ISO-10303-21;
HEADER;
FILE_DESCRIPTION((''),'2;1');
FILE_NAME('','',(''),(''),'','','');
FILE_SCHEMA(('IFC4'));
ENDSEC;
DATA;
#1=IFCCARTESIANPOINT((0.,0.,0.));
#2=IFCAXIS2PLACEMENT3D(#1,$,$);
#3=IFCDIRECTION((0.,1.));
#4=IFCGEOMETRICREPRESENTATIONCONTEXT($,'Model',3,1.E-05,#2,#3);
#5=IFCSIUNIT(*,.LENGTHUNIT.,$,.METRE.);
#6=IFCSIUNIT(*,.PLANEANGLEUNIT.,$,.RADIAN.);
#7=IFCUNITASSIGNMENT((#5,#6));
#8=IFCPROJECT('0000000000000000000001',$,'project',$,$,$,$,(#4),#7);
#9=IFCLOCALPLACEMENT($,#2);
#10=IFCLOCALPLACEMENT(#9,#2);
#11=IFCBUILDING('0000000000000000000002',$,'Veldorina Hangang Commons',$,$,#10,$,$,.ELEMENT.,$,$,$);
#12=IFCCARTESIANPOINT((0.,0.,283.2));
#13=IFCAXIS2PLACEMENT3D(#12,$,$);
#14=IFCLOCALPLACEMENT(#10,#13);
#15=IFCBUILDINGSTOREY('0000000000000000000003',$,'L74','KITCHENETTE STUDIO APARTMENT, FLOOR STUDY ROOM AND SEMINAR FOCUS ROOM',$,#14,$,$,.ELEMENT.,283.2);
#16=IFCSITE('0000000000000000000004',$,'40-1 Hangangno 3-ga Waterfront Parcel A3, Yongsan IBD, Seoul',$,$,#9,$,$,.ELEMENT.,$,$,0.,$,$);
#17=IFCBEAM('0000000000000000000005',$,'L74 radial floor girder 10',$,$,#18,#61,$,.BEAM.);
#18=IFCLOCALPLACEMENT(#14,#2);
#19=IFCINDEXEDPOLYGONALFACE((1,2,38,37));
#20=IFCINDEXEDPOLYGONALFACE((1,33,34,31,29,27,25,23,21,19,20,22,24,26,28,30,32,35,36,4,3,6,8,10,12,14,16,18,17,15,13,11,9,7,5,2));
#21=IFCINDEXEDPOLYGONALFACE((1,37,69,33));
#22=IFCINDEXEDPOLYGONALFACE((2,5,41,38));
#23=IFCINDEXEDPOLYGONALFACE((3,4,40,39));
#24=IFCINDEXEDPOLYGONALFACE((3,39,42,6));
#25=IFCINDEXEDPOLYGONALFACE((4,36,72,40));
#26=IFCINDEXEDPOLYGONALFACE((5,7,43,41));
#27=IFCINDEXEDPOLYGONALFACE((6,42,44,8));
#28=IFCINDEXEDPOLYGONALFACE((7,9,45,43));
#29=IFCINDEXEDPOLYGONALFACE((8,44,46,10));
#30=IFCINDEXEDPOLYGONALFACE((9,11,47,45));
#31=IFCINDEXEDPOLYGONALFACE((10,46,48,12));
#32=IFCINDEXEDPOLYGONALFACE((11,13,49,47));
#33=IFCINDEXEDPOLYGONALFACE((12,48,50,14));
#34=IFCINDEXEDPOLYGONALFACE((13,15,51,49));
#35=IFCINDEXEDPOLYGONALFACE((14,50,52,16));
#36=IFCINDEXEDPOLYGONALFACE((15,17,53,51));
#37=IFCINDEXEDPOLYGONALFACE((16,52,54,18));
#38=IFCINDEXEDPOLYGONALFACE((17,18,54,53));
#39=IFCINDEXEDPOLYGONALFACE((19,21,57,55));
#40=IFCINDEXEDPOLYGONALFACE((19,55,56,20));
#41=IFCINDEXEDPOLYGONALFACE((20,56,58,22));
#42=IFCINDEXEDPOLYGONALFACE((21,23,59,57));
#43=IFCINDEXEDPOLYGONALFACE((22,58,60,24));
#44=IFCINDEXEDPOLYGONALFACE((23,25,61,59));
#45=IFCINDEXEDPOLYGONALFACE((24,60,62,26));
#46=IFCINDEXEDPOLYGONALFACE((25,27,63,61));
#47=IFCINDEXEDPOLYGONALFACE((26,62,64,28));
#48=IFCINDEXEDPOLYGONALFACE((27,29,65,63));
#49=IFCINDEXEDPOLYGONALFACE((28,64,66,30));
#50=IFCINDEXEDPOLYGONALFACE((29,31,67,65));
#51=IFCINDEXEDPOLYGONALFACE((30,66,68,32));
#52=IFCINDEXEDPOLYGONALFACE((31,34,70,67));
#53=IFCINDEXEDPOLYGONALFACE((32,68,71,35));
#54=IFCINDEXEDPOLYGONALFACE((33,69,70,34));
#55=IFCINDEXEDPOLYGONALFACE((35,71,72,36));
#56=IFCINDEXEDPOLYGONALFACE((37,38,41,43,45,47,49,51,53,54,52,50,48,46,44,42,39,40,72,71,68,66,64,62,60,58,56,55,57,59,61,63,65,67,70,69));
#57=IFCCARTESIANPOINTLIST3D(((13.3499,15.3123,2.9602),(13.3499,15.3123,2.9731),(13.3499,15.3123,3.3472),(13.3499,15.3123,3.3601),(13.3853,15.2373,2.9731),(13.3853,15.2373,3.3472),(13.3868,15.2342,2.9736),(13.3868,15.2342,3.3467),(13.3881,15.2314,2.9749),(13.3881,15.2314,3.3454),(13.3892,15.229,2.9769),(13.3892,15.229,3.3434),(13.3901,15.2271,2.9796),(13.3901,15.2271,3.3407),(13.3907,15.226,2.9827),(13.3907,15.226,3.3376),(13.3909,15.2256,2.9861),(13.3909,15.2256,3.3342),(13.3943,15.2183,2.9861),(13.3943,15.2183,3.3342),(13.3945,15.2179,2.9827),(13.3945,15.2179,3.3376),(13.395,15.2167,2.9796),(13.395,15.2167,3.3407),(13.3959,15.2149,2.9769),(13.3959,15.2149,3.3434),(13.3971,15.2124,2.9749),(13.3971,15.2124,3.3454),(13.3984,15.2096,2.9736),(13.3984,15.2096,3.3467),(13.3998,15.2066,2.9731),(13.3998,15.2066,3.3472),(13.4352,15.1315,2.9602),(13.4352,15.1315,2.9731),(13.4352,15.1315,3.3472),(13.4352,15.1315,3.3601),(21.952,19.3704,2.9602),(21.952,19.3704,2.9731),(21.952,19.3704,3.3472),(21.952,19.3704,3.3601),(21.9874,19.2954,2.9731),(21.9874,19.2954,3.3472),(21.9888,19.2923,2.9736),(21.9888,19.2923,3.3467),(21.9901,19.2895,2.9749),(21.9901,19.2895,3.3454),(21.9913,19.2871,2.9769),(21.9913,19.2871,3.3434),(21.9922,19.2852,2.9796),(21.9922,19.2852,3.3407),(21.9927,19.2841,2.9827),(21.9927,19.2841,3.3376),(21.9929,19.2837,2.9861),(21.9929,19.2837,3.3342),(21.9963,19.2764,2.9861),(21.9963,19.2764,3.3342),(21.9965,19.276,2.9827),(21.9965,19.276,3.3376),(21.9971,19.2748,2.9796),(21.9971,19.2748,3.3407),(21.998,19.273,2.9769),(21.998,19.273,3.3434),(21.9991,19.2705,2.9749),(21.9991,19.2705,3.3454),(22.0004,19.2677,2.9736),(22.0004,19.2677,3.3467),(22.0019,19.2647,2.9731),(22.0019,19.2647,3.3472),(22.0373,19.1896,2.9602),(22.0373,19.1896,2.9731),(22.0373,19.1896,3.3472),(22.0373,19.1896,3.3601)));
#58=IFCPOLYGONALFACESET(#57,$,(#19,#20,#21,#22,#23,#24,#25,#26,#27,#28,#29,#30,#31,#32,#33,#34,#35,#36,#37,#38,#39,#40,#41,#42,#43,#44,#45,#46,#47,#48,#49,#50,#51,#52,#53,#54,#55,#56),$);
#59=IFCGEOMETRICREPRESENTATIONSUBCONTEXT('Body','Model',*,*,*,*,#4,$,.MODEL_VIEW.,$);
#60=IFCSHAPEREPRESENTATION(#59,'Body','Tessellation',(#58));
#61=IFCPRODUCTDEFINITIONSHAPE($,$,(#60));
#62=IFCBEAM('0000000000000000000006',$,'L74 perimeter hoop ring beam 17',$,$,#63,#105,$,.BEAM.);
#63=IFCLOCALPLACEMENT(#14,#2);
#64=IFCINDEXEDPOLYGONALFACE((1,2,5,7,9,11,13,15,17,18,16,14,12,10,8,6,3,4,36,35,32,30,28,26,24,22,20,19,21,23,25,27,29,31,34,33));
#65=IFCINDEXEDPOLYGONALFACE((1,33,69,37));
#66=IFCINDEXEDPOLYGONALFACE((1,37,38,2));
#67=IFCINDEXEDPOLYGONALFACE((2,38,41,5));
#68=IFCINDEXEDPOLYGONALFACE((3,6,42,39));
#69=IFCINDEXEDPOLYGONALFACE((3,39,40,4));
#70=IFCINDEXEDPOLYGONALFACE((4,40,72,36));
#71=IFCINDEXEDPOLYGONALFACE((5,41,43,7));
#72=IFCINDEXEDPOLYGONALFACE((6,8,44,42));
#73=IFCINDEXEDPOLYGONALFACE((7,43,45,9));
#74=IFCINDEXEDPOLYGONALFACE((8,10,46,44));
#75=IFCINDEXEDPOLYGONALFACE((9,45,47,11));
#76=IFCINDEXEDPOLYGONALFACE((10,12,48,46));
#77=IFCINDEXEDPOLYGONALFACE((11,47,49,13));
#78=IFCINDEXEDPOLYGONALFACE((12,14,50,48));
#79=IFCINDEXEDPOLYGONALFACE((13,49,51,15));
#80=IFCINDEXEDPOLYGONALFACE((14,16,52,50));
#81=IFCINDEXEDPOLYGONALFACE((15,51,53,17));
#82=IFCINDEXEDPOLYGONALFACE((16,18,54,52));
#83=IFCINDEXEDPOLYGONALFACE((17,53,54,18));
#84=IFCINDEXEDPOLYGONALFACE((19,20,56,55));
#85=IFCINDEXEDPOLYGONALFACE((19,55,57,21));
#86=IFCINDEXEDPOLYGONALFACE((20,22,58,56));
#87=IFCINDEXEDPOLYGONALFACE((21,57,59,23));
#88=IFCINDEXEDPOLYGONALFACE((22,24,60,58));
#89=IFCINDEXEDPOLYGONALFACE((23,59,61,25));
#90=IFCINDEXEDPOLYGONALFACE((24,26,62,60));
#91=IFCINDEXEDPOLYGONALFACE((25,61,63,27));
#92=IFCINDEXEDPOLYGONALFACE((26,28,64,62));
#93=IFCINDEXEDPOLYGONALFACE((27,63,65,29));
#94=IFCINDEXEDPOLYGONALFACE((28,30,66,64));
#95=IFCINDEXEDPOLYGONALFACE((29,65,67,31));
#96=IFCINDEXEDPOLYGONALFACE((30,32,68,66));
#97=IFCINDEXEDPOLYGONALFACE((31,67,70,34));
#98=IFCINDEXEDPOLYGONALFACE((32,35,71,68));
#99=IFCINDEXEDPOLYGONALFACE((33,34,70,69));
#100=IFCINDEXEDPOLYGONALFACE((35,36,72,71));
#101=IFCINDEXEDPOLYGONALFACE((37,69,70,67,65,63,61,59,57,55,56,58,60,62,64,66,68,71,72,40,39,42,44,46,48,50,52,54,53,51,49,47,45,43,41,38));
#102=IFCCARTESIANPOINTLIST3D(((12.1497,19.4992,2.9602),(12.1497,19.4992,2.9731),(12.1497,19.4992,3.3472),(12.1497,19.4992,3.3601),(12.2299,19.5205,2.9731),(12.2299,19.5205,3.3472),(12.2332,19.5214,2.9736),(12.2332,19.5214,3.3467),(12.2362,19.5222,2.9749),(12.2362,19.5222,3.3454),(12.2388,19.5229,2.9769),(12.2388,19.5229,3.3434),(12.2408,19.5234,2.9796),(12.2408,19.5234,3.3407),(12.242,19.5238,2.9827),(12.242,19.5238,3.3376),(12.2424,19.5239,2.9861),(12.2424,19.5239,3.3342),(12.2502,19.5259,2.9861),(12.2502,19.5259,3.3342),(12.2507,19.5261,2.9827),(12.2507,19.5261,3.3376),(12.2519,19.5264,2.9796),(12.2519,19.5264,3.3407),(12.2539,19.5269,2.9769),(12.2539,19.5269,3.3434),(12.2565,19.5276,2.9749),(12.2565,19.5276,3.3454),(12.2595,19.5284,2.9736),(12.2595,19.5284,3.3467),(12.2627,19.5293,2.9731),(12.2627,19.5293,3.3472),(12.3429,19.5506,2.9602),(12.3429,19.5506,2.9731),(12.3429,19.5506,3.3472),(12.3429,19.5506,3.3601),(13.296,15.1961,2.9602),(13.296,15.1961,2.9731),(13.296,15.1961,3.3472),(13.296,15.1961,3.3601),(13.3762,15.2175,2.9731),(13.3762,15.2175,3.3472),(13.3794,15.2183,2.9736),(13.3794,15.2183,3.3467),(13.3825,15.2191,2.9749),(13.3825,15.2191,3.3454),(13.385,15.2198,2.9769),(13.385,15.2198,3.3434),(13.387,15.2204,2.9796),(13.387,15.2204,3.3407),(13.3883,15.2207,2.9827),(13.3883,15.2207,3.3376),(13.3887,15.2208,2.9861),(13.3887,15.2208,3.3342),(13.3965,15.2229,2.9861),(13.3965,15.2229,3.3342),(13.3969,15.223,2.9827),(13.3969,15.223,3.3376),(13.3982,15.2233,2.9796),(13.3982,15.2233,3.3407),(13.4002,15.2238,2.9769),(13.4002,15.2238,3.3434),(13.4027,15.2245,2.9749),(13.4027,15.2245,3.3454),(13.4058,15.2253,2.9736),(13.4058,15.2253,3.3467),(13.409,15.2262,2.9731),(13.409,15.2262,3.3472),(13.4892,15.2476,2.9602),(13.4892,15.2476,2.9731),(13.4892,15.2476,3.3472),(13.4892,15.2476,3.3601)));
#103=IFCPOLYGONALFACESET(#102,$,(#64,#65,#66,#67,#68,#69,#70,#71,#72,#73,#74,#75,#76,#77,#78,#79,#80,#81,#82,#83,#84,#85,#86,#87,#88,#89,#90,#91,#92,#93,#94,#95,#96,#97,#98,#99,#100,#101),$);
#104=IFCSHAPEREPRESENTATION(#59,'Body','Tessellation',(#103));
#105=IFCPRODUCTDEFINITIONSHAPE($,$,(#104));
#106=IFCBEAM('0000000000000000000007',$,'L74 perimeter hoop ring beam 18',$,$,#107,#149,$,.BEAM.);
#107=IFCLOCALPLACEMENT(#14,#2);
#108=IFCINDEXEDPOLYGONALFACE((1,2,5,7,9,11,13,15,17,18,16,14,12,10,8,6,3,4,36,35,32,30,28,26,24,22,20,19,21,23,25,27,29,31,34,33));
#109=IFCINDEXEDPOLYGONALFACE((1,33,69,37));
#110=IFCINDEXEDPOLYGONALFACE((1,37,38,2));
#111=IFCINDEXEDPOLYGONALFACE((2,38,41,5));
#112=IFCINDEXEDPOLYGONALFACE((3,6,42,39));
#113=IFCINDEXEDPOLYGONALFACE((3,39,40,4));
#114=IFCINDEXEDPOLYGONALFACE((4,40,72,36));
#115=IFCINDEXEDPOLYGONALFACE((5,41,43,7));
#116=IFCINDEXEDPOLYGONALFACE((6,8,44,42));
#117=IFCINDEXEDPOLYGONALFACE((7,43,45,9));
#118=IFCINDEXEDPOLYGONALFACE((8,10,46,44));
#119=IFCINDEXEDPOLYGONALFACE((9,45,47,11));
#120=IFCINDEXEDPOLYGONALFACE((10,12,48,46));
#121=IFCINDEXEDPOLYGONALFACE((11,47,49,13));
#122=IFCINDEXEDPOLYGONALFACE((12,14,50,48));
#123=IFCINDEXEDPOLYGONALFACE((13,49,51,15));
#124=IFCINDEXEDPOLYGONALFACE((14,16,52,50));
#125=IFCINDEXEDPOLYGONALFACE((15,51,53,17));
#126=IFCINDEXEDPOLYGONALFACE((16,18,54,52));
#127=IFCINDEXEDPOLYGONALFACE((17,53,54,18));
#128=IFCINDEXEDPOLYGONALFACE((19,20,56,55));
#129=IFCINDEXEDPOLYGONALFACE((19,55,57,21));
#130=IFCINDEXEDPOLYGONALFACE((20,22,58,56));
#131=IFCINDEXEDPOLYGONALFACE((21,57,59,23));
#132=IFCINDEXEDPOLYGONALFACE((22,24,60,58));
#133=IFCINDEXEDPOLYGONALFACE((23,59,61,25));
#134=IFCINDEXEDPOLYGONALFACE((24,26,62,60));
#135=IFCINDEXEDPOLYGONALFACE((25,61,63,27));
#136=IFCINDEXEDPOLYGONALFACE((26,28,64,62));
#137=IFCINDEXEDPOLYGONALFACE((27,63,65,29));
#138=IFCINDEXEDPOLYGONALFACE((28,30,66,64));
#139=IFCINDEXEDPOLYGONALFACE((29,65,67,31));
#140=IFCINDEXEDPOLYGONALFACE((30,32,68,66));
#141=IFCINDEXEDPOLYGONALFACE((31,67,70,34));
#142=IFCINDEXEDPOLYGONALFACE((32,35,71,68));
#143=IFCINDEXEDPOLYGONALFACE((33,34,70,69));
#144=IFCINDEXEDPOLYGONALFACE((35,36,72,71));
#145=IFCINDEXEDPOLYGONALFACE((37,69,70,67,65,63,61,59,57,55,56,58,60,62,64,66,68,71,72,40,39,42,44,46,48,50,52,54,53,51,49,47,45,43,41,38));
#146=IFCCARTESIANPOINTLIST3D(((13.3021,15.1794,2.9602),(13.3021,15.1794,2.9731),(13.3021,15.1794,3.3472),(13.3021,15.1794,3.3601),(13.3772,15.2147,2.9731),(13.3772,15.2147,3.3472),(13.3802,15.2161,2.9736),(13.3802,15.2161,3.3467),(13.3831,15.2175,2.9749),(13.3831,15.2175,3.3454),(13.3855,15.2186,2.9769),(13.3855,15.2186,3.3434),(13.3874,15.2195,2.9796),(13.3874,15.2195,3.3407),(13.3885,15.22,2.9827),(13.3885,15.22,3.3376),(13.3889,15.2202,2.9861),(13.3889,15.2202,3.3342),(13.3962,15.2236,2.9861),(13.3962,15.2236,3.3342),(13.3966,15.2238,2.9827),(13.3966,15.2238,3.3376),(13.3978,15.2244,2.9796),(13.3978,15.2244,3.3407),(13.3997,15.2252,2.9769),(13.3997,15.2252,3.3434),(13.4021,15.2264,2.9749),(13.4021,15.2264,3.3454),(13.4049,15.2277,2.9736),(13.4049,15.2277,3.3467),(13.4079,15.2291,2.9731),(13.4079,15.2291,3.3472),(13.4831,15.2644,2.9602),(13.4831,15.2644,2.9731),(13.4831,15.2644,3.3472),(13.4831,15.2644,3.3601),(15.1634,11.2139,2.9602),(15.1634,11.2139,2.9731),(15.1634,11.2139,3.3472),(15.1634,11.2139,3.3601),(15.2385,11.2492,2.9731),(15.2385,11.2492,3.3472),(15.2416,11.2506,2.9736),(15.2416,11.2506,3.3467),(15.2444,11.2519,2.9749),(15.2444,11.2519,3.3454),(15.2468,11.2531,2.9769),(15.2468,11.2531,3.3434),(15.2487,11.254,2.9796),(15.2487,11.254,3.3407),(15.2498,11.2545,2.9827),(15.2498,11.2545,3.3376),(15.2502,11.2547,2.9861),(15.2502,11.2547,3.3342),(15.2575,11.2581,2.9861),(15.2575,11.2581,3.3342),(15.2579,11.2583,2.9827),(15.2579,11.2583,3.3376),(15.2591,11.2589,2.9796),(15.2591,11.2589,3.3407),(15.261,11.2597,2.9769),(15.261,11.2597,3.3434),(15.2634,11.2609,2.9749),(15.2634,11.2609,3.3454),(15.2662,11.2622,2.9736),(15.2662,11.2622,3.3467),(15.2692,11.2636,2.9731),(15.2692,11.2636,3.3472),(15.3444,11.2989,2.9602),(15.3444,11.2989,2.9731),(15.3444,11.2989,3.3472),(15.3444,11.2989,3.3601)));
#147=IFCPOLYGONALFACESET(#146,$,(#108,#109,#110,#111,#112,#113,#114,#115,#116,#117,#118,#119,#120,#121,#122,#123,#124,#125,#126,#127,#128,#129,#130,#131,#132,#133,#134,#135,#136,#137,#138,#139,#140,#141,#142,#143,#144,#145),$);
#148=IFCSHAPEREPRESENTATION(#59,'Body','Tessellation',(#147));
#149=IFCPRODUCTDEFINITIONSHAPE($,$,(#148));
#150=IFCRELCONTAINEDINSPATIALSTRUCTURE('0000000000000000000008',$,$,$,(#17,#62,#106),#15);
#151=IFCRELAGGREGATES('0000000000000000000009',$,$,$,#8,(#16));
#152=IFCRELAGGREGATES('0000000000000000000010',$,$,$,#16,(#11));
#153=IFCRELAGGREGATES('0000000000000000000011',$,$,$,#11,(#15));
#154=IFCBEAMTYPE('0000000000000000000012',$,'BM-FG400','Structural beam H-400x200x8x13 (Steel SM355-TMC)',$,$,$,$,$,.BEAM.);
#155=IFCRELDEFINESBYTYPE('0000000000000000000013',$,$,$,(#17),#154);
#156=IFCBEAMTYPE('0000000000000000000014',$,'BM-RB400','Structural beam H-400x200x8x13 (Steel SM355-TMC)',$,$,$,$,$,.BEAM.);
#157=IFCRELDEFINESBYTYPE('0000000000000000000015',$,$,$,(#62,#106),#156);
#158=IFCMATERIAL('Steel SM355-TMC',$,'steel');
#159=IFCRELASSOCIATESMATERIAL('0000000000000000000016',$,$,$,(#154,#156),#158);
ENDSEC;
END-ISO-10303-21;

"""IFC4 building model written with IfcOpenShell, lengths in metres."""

from ifc_helpers import new_model, si_unit, direction, frame, origin, origin_2d, place, context, subcontext, project, spatial, i_section, extrude, material, material_profile, profile_set, type_object, element, save


model = new_model("IFC4")

# Units and contexts
model_context = context("Model", 3, precision=1e-05, world=origin(), true_north=direction((0.0, 1.0)))
body_context = subcontext(model_context, "Body", "Model", "MODEL_VIEW")
ifc_project = project(units=[si_unit("LENGTHUNIT", "METRE"), si_unit("PLANEANGLEUNIT", "RADIAN")], contexts=[model_context])

# Site, building, storey
site_placement = place(None, origin())
site = spatial("IfcSite", under=ifc_project, at=site_placement, Name="40-1 Hangangno 3-ga Waterfront Parcel A3, Yongsan IBD, Seoul", CompositionType="ELEMENT", RefElevation=0.0)
building_placement = place(site_placement, origin())
building = spatial("IfcBuilding", under=site, at=building_placement, Name="Veldorina Hangang Commons", CompositionType="ELEMENT")
storey_placement = place(building_placement, frame((0.0, 0.0, 283.2)))
storey = spatial("IfcBuildingStorey", under=building, at=storey_placement, Name="L74", Description="KITCHENETTE STUDIO APARTMENT, FLOOR STUDY ROOM AND SEMINAR FOCUS ROOM", CompositionType="ELEMENT", Elevation=283.2)

# Beams
ifc_material_1 = material(Name="Steel SM355-TMC", Category="steel")
ifc_material_profile_1 = material_profile(ifc_material_1, i_section(OverallWidth=0.2, OverallDepth=0.3999, WebThickness=0.0081, FlangeThickness=0.0129, FilletRadius=0.0129, at=origin_2d()), Name="H-400x200x8x13")
ifc_profile_set_1 = profile_set([ifc_material_profile_1], Name="Steel SM355-TMC")
beam_type_1 = type_object("IfcBeamType", Name="BM-FG400", Description="Structural beam H-400x200x8x13 (Steel SM355-TMC)", PredefinedType="BEAM", material=ifc_profile_set_1)
beam_1_placement = place(storey_placement, frame((21.9946, 19.28, 3.1602), z_axis=(-0.90441, -0.426665, 0.0), x_axis=(0.426665, -0.90441, 0.0)))
element("IfcBeam", 1, at=beam_1_placement, inside=storey, type_object=beam_type_1, Name="L74 radial floor girder 10", PredefinedType="BEAM", context=body_context, shape_type="SweptSolid", body=[
    extrude(i_section(OverallWidth=0.2, OverallDepth=0.3999, WebThickness=0.0081, FlangeThickness=0.0129, FilletRadius=0.0129, at=origin_2d()), origin(), (0.0, 0.0, 1.0), 9.5112),
])
ifc_material_profile_2 = material_profile(ifc_material_1, i_section(OverallWidth=0.2, OverallDepth=0.3999, WebThickness=0.0081, FlangeThickness=0.0129, FilletRadius=0.0129, at=origin_2d()), Name="H-400x200x8x13")
ifc_profile_set_2 = profile_set([ifc_material_profile_2], Name="Steel SM355-TMC")
beam_type_2 = type_object("IfcBeamType", Name="BM-RB400", Description="Structural beam H-400x200x8x13 (Steel SM355-TMC)", PredefinedType="BEAM", material=ifc_profile_set_2)
beam_2_placement = place(storey_placement, frame((12.2463, 19.5249, 3.1602), z_axis=(0.257407, -0.966303, 0.0), x_axis=(0.966303, 0.257407, 0.0)))
element("IfcBeam", 2, at=beam_2_placement, inside=storey, type_object=beam_type_2, Name="L74 perimeter hoop ring beam 17", PredefinedType="BEAM", context=body_context, shape_type="SweptSolid", body=[
    extrude(i_section(OverallWidth=0.2, OverallDepth=0.3999, WebThickness=0.0081, FlangeThickness=0.0129, FilletRadius=0.0129, at=origin_2d()), origin(), (0.0, 0.0, 1.0), 4.4531),
])
beam_3_placement = place(storey_placement, frame((13.3926, 15.2219, 3.1602), z_axis=(0.424895, -0.905243, 0.0), x_axis=(0.905243, 0.424895, 0.0)))
element("IfcBeam", 3, at=beam_3_placement, inside=storey, type_object=beam_type_2, Name="L74 perimeter hoop ring beam 18", PredefinedType="BEAM", context=body_context, shape_type="SweptSolid", body=[
    extrude(i_section(OverallWidth=0.2, OverallDepth=0.3999, WebThickness=0.0081, FlangeThickness=0.0129, FilletRadius=0.0129, at=origin_2d()), origin(), (0.0, 0.0, 1.0), 4.3806),
])

save(model, "model.ifc")
